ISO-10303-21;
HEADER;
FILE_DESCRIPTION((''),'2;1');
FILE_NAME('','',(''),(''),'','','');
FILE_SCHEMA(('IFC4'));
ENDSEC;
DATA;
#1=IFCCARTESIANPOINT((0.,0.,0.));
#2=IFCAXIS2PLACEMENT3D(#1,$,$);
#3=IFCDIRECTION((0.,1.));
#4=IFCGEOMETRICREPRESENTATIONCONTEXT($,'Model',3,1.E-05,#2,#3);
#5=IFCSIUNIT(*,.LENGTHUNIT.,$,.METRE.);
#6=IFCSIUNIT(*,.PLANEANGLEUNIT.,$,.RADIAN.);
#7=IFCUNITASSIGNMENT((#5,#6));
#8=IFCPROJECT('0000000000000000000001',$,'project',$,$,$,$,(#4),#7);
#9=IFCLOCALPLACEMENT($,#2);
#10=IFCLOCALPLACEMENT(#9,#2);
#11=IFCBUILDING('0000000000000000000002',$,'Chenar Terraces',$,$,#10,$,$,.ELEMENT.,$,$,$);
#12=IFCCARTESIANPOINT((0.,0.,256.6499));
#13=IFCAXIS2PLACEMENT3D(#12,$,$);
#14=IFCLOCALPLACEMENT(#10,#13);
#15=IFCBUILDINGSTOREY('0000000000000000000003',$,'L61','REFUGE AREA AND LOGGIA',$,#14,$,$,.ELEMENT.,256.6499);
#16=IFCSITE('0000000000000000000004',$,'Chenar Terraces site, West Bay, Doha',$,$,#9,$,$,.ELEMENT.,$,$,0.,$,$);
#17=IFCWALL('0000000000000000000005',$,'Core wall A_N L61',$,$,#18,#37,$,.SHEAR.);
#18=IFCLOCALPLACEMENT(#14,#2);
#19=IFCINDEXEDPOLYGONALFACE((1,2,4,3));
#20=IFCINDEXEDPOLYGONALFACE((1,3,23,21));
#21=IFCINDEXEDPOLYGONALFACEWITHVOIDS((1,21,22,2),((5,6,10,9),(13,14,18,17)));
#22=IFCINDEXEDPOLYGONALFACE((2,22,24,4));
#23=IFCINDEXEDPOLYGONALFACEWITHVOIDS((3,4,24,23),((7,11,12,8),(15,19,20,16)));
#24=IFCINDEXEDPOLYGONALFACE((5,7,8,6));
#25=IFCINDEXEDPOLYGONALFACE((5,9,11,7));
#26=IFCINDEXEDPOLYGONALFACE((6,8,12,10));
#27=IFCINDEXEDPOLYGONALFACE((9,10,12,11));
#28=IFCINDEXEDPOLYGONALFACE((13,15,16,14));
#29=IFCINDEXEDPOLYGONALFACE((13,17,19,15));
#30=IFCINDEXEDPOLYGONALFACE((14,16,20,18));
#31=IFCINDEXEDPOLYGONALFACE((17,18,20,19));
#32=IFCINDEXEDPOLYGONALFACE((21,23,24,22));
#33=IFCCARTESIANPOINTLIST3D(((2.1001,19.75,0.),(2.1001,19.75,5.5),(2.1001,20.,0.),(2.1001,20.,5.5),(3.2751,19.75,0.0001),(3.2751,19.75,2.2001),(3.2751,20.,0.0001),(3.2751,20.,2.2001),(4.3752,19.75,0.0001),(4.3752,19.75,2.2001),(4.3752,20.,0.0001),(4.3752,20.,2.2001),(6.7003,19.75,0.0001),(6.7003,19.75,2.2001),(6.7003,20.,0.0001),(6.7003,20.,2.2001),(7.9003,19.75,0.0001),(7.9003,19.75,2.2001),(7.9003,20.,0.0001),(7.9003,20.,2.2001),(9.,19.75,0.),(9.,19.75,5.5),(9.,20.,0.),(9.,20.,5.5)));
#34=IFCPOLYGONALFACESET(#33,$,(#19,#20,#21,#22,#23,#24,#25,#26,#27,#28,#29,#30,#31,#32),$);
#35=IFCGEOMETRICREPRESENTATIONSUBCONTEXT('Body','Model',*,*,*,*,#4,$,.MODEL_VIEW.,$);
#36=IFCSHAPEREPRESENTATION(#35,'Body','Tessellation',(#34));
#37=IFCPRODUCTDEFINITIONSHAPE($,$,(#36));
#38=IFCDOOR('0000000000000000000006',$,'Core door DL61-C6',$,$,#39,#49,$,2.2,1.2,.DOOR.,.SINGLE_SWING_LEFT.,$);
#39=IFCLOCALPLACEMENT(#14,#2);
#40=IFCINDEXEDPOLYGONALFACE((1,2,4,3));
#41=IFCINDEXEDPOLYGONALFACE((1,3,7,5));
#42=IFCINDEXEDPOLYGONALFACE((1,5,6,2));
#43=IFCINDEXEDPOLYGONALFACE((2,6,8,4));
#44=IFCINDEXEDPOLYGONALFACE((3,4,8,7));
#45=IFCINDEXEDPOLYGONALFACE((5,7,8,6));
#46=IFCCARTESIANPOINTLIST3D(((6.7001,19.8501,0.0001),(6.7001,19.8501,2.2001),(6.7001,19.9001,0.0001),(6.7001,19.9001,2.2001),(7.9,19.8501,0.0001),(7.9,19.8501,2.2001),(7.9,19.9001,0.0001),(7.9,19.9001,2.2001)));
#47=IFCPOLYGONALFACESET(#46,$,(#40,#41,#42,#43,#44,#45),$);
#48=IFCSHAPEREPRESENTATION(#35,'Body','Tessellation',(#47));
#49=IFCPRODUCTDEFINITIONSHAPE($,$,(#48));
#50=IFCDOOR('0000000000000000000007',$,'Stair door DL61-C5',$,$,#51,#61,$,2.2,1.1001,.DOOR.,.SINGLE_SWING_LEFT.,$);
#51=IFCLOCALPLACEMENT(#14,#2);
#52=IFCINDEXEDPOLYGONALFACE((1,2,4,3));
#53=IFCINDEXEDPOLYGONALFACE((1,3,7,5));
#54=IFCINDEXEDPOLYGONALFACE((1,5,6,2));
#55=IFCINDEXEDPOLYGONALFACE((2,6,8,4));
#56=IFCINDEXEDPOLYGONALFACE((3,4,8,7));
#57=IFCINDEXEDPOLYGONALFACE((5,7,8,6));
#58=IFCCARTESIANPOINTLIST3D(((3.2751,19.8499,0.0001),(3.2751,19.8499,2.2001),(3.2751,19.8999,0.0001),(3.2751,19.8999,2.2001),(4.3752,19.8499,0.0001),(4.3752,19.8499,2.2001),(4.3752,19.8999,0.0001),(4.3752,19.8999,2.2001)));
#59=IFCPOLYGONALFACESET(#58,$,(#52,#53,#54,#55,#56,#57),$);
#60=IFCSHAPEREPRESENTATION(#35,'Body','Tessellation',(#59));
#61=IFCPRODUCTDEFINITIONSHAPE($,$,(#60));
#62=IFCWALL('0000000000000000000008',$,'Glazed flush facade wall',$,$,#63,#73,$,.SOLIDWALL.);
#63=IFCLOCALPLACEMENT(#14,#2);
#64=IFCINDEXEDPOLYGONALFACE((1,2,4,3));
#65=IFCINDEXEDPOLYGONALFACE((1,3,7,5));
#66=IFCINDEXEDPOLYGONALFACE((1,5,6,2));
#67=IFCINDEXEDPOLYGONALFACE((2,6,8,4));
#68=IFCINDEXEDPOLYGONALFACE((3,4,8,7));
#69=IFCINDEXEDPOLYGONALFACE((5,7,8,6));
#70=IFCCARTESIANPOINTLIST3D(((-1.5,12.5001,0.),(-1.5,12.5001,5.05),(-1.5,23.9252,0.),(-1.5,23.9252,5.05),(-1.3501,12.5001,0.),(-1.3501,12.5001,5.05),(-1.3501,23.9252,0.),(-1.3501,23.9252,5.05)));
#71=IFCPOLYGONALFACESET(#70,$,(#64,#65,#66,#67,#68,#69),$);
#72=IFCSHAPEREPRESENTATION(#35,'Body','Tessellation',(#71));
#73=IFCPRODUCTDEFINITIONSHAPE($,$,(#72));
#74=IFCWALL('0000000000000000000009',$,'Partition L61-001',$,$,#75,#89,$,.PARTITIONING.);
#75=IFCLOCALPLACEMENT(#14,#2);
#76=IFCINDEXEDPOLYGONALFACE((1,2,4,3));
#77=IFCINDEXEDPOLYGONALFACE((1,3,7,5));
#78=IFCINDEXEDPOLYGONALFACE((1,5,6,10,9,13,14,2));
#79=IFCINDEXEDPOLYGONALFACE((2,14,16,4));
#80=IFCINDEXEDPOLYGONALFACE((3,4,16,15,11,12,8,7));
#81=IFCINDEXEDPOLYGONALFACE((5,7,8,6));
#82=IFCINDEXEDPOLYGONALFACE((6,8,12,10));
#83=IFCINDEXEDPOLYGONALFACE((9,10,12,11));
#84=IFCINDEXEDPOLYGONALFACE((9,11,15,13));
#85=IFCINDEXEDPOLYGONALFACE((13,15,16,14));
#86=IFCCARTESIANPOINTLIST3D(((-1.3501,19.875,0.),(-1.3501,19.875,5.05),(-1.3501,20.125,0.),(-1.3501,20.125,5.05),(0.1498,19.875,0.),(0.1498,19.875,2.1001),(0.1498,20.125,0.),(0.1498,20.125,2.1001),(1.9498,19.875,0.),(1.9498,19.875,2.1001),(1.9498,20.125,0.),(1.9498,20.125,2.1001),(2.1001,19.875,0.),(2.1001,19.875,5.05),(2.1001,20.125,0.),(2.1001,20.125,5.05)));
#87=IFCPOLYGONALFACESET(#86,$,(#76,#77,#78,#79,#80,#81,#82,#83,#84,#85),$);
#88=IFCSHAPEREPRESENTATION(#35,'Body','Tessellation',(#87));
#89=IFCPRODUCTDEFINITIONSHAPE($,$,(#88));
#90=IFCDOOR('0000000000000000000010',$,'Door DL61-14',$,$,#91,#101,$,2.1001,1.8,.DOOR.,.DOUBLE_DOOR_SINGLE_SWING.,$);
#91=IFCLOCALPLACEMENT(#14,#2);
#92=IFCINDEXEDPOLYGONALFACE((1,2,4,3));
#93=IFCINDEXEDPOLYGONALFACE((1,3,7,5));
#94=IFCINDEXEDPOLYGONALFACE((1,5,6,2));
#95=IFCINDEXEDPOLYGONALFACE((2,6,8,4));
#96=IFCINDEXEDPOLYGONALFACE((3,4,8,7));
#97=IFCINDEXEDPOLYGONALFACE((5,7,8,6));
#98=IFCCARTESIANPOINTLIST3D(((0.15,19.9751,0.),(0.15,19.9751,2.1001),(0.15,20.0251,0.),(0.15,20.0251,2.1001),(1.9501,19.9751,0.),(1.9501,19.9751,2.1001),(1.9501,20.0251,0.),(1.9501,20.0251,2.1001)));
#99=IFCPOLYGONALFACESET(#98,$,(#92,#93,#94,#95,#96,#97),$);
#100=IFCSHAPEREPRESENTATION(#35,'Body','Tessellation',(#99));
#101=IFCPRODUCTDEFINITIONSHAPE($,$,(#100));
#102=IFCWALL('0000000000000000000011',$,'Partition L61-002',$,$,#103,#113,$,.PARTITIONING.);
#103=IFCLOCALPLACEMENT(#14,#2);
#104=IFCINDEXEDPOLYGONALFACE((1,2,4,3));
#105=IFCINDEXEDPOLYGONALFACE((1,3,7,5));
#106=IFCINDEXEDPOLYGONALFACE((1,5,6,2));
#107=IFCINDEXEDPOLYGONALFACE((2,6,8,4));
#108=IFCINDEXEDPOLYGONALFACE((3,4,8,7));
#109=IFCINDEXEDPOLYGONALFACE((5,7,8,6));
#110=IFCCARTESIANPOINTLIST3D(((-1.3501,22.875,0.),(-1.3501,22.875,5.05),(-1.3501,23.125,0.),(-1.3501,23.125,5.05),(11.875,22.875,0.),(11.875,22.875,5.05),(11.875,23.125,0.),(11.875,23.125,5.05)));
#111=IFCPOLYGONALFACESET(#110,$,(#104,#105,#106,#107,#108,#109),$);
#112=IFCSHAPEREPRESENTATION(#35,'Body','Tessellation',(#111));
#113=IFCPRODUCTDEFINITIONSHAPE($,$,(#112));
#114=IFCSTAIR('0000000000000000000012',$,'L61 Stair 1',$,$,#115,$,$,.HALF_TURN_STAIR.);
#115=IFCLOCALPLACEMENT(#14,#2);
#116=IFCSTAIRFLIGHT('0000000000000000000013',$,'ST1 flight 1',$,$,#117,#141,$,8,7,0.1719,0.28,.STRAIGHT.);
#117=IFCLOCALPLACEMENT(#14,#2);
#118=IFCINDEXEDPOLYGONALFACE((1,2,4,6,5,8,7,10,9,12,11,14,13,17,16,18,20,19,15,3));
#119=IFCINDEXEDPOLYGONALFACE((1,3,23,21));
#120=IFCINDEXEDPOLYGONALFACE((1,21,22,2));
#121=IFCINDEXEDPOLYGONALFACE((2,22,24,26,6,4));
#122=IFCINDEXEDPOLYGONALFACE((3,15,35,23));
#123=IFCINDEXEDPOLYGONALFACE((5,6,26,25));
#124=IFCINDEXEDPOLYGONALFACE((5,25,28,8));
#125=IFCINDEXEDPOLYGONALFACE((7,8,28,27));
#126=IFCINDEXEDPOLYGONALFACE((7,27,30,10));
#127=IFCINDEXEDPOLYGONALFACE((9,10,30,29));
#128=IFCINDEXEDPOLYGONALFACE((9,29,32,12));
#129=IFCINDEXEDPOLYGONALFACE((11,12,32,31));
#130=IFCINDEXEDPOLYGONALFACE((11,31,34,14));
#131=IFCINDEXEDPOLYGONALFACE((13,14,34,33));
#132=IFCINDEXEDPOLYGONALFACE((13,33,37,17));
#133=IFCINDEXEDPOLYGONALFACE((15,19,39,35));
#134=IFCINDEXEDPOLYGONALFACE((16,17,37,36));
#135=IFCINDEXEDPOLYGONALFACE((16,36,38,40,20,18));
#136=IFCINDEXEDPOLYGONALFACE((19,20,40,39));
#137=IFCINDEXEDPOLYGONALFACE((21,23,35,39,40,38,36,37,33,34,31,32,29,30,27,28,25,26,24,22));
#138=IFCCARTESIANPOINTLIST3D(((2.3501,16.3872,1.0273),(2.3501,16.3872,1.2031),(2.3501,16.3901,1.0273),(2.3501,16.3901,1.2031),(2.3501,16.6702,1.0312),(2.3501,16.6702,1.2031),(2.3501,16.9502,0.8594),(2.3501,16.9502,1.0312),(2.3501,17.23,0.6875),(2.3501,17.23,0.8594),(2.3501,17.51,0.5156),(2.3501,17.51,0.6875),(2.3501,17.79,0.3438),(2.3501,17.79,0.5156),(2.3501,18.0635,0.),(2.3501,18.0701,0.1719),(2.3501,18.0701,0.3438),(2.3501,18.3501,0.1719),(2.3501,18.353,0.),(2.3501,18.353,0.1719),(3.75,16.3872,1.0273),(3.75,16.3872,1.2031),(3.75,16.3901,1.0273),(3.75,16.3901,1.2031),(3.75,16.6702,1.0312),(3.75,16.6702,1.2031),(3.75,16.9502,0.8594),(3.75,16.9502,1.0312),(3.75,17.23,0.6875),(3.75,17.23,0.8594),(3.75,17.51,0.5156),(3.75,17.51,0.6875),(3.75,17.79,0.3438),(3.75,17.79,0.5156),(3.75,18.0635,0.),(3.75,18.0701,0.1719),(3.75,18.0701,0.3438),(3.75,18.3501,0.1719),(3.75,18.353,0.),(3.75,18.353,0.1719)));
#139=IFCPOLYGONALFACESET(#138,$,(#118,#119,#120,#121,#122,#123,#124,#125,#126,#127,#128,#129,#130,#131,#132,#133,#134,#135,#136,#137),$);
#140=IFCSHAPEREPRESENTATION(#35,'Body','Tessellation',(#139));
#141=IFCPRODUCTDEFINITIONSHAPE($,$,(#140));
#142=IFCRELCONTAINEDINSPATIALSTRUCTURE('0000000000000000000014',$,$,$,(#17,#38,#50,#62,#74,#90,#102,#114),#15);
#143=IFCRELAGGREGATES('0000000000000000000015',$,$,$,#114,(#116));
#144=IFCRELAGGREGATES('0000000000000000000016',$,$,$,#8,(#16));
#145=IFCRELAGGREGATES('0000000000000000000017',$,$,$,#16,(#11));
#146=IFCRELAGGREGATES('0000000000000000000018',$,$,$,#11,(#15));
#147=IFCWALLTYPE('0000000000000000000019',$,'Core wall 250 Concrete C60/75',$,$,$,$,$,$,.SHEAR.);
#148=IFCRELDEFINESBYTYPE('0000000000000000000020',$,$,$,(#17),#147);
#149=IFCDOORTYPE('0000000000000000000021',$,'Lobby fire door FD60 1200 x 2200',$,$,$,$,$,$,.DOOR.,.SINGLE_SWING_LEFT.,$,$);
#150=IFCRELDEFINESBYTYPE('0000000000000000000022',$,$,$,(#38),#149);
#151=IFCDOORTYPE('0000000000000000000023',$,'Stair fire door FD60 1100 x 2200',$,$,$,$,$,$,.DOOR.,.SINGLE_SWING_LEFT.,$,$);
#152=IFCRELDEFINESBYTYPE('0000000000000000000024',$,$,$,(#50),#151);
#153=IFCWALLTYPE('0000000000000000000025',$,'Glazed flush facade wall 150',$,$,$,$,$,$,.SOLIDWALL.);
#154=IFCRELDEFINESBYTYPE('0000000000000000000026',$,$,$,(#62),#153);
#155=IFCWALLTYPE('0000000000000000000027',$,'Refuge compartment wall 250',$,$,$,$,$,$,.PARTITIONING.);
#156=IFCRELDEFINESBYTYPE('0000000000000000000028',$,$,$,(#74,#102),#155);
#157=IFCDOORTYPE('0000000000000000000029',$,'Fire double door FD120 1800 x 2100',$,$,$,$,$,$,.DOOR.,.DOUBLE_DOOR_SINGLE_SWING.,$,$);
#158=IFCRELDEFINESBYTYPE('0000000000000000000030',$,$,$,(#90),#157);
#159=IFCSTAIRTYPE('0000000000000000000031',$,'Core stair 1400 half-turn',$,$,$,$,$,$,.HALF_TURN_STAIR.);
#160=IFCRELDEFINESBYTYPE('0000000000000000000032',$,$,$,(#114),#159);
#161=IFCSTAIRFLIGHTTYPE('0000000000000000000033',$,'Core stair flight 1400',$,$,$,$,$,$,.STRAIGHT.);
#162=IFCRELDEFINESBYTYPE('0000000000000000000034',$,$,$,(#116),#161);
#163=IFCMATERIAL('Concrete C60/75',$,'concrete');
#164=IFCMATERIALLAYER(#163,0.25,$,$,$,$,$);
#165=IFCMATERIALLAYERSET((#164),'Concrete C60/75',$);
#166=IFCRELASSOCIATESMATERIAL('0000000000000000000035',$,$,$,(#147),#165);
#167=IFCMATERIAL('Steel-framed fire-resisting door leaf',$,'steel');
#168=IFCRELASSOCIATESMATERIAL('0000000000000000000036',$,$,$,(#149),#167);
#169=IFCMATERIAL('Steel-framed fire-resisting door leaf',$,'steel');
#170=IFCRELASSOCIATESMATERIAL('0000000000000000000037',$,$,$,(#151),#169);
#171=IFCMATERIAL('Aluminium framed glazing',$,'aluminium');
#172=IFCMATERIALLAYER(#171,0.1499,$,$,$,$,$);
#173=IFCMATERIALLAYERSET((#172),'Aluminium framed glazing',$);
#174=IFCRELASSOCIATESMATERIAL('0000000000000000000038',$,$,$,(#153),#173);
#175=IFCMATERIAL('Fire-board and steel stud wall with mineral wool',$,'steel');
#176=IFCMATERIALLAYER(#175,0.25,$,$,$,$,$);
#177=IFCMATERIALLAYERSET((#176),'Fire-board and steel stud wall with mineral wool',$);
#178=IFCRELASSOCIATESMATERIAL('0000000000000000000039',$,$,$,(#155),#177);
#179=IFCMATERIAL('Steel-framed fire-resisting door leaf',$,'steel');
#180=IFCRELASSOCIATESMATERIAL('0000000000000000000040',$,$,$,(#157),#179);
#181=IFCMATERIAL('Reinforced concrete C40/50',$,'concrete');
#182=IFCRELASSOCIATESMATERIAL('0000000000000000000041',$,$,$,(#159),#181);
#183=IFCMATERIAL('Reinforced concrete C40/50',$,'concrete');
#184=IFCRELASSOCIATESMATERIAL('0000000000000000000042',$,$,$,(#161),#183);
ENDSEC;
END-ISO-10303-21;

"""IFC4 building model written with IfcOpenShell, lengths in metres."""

from ifc_helpers import new_model, si_unit, direction, frame, frame_2d, origin, place, context, subcontext, project, spatial, polyline, rectangle, outline, extrude, material, layer, layer_set, type_object, element, fill, aggregate, save


model = new_model("IFC4")

# Units and contexts
model_context = context("Model", 3, precision=1e-05, world=origin(), true_north=direction((0.0, 1.0)))
body_context = subcontext(model_context, "Body", "Model", "MODEL_VIEW")
ifc_project = project(units=[si_unit("LENGTHUNIT", "METRE"), si_unit("PLANEANGLEUNIT", "RADIAN")], contexts=[model_context])

# Site, building, storey
site_placement = place(None, origin())
site = spatial("IfcSite", under=ifc_project, at=site_placement, Name="Chenar Terraces site, West Bay, Doha", CompositionType="ELEMENT", RefElevation=0.0)
building_placement = place(site_placement, origin())
building = spatial("IfcBuilding", under=site, at=building_placement, Name="Chenar Terraces", CompositionType="ELEMENT")
storey_placement = place(building_placement, frame((0.0, 0.0, 256.6499)))
storey = spatial("IfcBuildingStorey", under=building, at=storey_placement, Name="L61", Description="REFUGE AREA AND LOGGIA", CompositionType="ELEMENT", Elevation=256.6499)

# Wall, openings, doors
ifc_material_1 = material(Name="Concrete C60/75", Category="concrete")
ifc_layer_1 = layer(ifc_material_1, 0.25)
ifc_layer_set_1 = layer_set([ifc_layer_1], Name="Concrete C60/75")
wall_type_1 = type_object("IfcWallType", Name="Core wall 250 Concrete C60/75", PredefinedType="SHEAR", material=ifc_layer_set_1)
wall_1_placement = place(storey_placement, frame((2.1001, 19.875, 0.0), z_axis=(0.0, 0.0, 1.0), x_axis=(1.0, 0.0, 0.0)))
wall_1 = element("IfcWall", 1, at=wall_1_placement, inside=storey, type_object=wall_type_1, Name="Core wall A_N L61", PredefinedType="SHEAR", context=body_context, shape_type="SweptSolid", body=[
    extrude(rectangle(XDim=6.8999, YDim=0.25, at=frame_2d((3.45, 0.0))), origin(), (0.0, 0.0, 1.0), 5.5),
])
opening_1_placement = place(wall_1_placement, frame((1.175, 0.0, 0.0)))
opening_1 = element("IfcOpeningElement", 2, at=opening_1_placement, cuts=wall_1, PredefinedType="OPENING", context=body_context, shape_type="SweptSolid", body=[
    extrude(rectangle(XDim=1.1001, YDim=2.2, at=frame_2d((0.55, 1.1001))), frame((0.0, 0.135, 0.0), z_axis=(0.0, -1.0, 0.0), x_axis=(1.0, 0.0, 0.0)), (0.0, 0.0, 1.0), 0.27),
])
opening_2_placement = place(wall_1_placement, frame((4.6001, 0.0, 0.0)))
opening_2 = element("IfcOpeningElement", 3, at=opening_2_placement, cuts=wall_1, PredefinedType="OPENING", context=body_context, shape_type="SweptSolid", body=[
    extrude(rectangle(XDim=1.2, YDim=2.2, at=frame_2d((0.6001, 1.1001))), frame((0.0, 0.135, 0.0), z_axis=(0.0, -1.0, 0.0), x_axis=(1.0, 0.0, 0.0)), (0.0, 0.0, 1.0), 0.27),
])
ifc_material_2 = material(Name="Steel-framed fire-resisting door leaf", Category="steel")
door_type_1 = type_object("IfcDoorType", Name="Lobby fire door FD60 1200 x 2200", OperationType="SINGLE_SWING_LEFT", PredefinedType="DOOR", material=ifc_material_2)
door_1_placement = place(opening_2_placement, frame((1.2, 0.0, 0.0), z_axis=(0.0, 0.0, 1.0), x_axis=(-1.0, 0.0, 0.0)))
door_1 = element("IfcDoor", 4, at=door_1_placement, inside=storey, type_object=door_type_1, Name="Core door DL61-C6", OperationType="SINGLE_SWING_LEFT", OverallHeight=2.2, OverallWidth=1.2, PredefinedType="DOOR", context=body_context, shape_type="SweptSolid", body=[
    extrude(rectangle(XDim=1.2, YDim=2.2, at=frame_2d((0.6001, 1.1001))), frame((0.0, 0.0249, 0.0), z_axis=(0.0, -1.0, 0.0), x_axis=(1.0, 0.0, 0.0)), (0.0, 0.0, 1.0), 0.05),
])
fill(opening_2, door_1)
ifc_material_3 = material(Name="Steel-framed fire-resisting door leaf", Category="steel")
door_type_2 = type_object("IfcDoorType", Name="Stair fire door FD60 1100 x 2200", OperationType="SINGLE_SWING_LEFT", PredefinedType="DOOR", material=ifc_material_3)
door_2_placement = place(opening_1_placement, origin())
door_2 = element("IfcDoor", 5, at=door_2_placement, inside=storey, type_object=door_type_2, Name="Stair door DL61-C5", OperationType="SINGLE_SWING_LEFT", OverallHeight=2.2, OverallWidth=1.1001, PredefinedType="DOOR", context=body_context, shape_type="SweptSolid", body=[
    extrude(rectangle(XDim=1.1001, YDim=2.2, at=frame_2d((0.55, 1.1001))), frame((0.0, 0.0249, 0.0), z_axis=(0.0, -1.0, 0.0), x_axis=(1.0, 0.0, 0.0)), (0.0, 0.0, 1.0), 0.05),
])
fill(opening_1, door_2)

# Wall
ifc_material_4 = material(Name="Aluminium framed glazing", Category="aluminium")
ifc_layer_2 = layer(ifc_material_4, 0.1499)
ifc_layer_set_2 = layer_set([ifc_layer_2], Name="Aluminium framed glazing")
wall_type_2 = type_object("IfcWallType", Name="Glazed flush facade wall 150", PredefinedType="SOLIDWALL", material=ifc_layer_set_2)
wall_2_placement = place(storey_placement, frame((-1.425, 23.925, 0.0), z_axis=(0.0, 0.0, 1.0), x_axis=(0.0, -1.0, 0.0)))
element("IfcWall", 6, at=wall_2_placement, inside=storey, type_object=wall_type_2, Name="Glazed flush facade wall", PredefinedType="SOLIDWALL", context=body_context, shape_type="SweptSolid", body=[
    extrude(rectangle(XDim=11.425, YDim=0.1499, at=frame_2d((5.7124, 0.0))), origin(), (0.0, 0.0, 1.0), 5.05),
])

# Wall, opening, door
ifc_material_5 = material(Name="Fire-board and steel stud wall with mineral wool", Category="steel")
ifc_layer_3 = layer(ifc_material_5, 0.25)
ifc_layer_set_3 = layer_set([ifc_layer_3], Name="Fire-board and steel stud wall with mineral wool")
wall_type_3 = type_object("IfcWallType", Name="Refuge compartment wall 250", PredefinedType="PARTITIONING", material=ifc_layer_set_3)
wall_3_placement = place(storey_placement, frame((-1.3501, 20.0, 0.0), z_axis=(0.0, 0.0, 1.0), x_axis=(1.0, 0.0, 0.0)))
wall_3 = element("IfcWall", 7, at=wall_3_placement, inside=storey, type_object=wall_type_3, Name="Partition L61-001", PredefinedType="PARTITIONING", context=body_context, shape_type="SweptSolid", body=[
    extrude(rectangle(XDim=3.4502, YDim=0.25, at=frame_2d((1.7251, 0.0))), origin(), (0.0, 0.0, 1.0), 5.05),
])
opening_3_placement = place(wall_3_placement, frame((1.5, 0.0, 0.0)))
opening_3 = element("IfcOpeningElement", 8, at=opening_3_placement, cuts=wall_3, PredefinedType="OPENING", context=body_context, shape_type="SweptSolid", body=[
    extrude(rectangle(XDim=1.8, YDim=2.1001, at=frame_2d((0.8999, 1.05))), frame((0.0, 0.135, 0.0), z_axis=(0.0, -1.0, 0.0), x_axis=(1.0, 0.0, 0.0)), (0.0, 0.0, 1.0), 0.27),
])
ifc_material_6 = material(Name="Steel-framed fire-resisting door leaf", Category="steel")
door_type_3 = type_object("IfcDoorType", Name="Fire double door FD120 1800 x 2100", OperationType="DOUBLE_DOOR_SINGLE_SWING", PredefinedType="DOOR", material=ifc_material_6)
door_3_placement = place(opening_3_placement, frame((1.8, 0.0, 0.0), z_axis=(0.0, 0.0, 1.0), x_axis=(-1.0, 0.0, 0.0)))
door_3 = element("IfcDoor", 9, at=door_3_placement, inside=storey, type_object=door_type_3, Name="Door DL61-14", OperationType="DOUBLE_DOOR_SINGLE_SWING", OverallHeight=2.1001, OverallWidth=1.8, PredefinedType="DOOR", context=body_context, shape_type="SweptSolid", body=[
    extrude(rectangle(XDim=1.8, YDim=2.1001, at=frame_2d((0.8999, 1.05))), frame((0.0, 0.0249, 0.0), z_axis=(0.0, -1.0, 0.0), x_axis=(1.0, 0.0, 0.0)), (0.0, 0.0, 1.0), 0.05),
])
fill(opening_3, door_3)

# Wall
wall_4_placement = place(storey_placement, frame((-1.3501, 23.0, 0.0), z_axis=(0.0, 0.0, 1.0), x_axis=(1.0, 0.0, 0.0)))
element("IfcWall", 10, at=wall_4_placement, inside=storey, type_object=wall_type_3, Name="Partition L61-002", PredefinedType="PARTITIONING", context=body_context, shape_type="SweptSolid", body=[
    extrude(rectangle(XDim=13.2251, YDim=0.25, at=frame_2d((6.6125, 0.0))), origin(), (0.0, 0.0, 1.0), 5.05),
])

# Stair, stair flight
ifc_material_7 = material(Name="Reinforced concrete C40/50", Category="concrete")
stair_type = type_object("IfcStairType", Name="Core stair 1400 half-turn", PredefinedType="HALF_TURN_STAIR", material=ifc_material_7)
stair_placement = place(storey_placement, origin())
stair = element("IfcStair", 11, at=stair_placement, inside=storey, type_object=stair_type, Name="L61 Stair 1", PredefinedType="HALF_TURN_STAIR")
ifc_material_8 = material(Name="Reinforced concrete C40/50", Category="concrete")
stair_flight_type = type_object("IfcStairFlightType", Name="Core stair flight 1400", PredefinedType="STRAIGHT", material=ifc_material_8)
stair_flight_1_placement = place(storey_placement, frame((3.05, 18.3501, 0.0), z_axis=(0.0, 0.0, 1.0), x_axis=(0.0, -1.0, 0.0)))
stair_flight_1 = element("IfcStairFlight", 12, at=stair_flight_1_placement, type_object=stair_flight_type, Name="ST1 flight 1", NumberOfRisers=8, NumberOfTreads=7, PredefinedType="STRAIGHT", RiserHeight=0.1719, TreadLength=0.28, context=body_context, shape_type="SweptSolid", body=[
    extrude(outline(polyline([(-0.0029, 0.0), (-0.0029, 0.1719), (0.0, 0.1719), (0.28, 0.1719), (0.28, 0.3438), (0.5601, 0.3438), (0.5601, 0.5156), (0.8401, 0.5156), (0.8401, 0.6875), (1.1201, 0.6875), (1.1201, 0.8594), (1.3999, 0.8594), (1.3999, 1.0312), (1.6799, 1.0312), (1.6799, 1.2031), (1.96, 1.2031), (1.9629, 1.2031), (1.9629, 1.0273), (1.96, 1.0273), (0.2866, 0.0), (-0.0029, 0.0)])), frame((0.0, 0.7, 0.0), z_axis=(0.0, -1.0, 0.0), x_axis=(1.0, 0.0, 0.0)), (0.0, 0.0, 1.0), 1.3999),
])
aggregate(stair, [stair_flight_1])

save(model, "model.ifc")
